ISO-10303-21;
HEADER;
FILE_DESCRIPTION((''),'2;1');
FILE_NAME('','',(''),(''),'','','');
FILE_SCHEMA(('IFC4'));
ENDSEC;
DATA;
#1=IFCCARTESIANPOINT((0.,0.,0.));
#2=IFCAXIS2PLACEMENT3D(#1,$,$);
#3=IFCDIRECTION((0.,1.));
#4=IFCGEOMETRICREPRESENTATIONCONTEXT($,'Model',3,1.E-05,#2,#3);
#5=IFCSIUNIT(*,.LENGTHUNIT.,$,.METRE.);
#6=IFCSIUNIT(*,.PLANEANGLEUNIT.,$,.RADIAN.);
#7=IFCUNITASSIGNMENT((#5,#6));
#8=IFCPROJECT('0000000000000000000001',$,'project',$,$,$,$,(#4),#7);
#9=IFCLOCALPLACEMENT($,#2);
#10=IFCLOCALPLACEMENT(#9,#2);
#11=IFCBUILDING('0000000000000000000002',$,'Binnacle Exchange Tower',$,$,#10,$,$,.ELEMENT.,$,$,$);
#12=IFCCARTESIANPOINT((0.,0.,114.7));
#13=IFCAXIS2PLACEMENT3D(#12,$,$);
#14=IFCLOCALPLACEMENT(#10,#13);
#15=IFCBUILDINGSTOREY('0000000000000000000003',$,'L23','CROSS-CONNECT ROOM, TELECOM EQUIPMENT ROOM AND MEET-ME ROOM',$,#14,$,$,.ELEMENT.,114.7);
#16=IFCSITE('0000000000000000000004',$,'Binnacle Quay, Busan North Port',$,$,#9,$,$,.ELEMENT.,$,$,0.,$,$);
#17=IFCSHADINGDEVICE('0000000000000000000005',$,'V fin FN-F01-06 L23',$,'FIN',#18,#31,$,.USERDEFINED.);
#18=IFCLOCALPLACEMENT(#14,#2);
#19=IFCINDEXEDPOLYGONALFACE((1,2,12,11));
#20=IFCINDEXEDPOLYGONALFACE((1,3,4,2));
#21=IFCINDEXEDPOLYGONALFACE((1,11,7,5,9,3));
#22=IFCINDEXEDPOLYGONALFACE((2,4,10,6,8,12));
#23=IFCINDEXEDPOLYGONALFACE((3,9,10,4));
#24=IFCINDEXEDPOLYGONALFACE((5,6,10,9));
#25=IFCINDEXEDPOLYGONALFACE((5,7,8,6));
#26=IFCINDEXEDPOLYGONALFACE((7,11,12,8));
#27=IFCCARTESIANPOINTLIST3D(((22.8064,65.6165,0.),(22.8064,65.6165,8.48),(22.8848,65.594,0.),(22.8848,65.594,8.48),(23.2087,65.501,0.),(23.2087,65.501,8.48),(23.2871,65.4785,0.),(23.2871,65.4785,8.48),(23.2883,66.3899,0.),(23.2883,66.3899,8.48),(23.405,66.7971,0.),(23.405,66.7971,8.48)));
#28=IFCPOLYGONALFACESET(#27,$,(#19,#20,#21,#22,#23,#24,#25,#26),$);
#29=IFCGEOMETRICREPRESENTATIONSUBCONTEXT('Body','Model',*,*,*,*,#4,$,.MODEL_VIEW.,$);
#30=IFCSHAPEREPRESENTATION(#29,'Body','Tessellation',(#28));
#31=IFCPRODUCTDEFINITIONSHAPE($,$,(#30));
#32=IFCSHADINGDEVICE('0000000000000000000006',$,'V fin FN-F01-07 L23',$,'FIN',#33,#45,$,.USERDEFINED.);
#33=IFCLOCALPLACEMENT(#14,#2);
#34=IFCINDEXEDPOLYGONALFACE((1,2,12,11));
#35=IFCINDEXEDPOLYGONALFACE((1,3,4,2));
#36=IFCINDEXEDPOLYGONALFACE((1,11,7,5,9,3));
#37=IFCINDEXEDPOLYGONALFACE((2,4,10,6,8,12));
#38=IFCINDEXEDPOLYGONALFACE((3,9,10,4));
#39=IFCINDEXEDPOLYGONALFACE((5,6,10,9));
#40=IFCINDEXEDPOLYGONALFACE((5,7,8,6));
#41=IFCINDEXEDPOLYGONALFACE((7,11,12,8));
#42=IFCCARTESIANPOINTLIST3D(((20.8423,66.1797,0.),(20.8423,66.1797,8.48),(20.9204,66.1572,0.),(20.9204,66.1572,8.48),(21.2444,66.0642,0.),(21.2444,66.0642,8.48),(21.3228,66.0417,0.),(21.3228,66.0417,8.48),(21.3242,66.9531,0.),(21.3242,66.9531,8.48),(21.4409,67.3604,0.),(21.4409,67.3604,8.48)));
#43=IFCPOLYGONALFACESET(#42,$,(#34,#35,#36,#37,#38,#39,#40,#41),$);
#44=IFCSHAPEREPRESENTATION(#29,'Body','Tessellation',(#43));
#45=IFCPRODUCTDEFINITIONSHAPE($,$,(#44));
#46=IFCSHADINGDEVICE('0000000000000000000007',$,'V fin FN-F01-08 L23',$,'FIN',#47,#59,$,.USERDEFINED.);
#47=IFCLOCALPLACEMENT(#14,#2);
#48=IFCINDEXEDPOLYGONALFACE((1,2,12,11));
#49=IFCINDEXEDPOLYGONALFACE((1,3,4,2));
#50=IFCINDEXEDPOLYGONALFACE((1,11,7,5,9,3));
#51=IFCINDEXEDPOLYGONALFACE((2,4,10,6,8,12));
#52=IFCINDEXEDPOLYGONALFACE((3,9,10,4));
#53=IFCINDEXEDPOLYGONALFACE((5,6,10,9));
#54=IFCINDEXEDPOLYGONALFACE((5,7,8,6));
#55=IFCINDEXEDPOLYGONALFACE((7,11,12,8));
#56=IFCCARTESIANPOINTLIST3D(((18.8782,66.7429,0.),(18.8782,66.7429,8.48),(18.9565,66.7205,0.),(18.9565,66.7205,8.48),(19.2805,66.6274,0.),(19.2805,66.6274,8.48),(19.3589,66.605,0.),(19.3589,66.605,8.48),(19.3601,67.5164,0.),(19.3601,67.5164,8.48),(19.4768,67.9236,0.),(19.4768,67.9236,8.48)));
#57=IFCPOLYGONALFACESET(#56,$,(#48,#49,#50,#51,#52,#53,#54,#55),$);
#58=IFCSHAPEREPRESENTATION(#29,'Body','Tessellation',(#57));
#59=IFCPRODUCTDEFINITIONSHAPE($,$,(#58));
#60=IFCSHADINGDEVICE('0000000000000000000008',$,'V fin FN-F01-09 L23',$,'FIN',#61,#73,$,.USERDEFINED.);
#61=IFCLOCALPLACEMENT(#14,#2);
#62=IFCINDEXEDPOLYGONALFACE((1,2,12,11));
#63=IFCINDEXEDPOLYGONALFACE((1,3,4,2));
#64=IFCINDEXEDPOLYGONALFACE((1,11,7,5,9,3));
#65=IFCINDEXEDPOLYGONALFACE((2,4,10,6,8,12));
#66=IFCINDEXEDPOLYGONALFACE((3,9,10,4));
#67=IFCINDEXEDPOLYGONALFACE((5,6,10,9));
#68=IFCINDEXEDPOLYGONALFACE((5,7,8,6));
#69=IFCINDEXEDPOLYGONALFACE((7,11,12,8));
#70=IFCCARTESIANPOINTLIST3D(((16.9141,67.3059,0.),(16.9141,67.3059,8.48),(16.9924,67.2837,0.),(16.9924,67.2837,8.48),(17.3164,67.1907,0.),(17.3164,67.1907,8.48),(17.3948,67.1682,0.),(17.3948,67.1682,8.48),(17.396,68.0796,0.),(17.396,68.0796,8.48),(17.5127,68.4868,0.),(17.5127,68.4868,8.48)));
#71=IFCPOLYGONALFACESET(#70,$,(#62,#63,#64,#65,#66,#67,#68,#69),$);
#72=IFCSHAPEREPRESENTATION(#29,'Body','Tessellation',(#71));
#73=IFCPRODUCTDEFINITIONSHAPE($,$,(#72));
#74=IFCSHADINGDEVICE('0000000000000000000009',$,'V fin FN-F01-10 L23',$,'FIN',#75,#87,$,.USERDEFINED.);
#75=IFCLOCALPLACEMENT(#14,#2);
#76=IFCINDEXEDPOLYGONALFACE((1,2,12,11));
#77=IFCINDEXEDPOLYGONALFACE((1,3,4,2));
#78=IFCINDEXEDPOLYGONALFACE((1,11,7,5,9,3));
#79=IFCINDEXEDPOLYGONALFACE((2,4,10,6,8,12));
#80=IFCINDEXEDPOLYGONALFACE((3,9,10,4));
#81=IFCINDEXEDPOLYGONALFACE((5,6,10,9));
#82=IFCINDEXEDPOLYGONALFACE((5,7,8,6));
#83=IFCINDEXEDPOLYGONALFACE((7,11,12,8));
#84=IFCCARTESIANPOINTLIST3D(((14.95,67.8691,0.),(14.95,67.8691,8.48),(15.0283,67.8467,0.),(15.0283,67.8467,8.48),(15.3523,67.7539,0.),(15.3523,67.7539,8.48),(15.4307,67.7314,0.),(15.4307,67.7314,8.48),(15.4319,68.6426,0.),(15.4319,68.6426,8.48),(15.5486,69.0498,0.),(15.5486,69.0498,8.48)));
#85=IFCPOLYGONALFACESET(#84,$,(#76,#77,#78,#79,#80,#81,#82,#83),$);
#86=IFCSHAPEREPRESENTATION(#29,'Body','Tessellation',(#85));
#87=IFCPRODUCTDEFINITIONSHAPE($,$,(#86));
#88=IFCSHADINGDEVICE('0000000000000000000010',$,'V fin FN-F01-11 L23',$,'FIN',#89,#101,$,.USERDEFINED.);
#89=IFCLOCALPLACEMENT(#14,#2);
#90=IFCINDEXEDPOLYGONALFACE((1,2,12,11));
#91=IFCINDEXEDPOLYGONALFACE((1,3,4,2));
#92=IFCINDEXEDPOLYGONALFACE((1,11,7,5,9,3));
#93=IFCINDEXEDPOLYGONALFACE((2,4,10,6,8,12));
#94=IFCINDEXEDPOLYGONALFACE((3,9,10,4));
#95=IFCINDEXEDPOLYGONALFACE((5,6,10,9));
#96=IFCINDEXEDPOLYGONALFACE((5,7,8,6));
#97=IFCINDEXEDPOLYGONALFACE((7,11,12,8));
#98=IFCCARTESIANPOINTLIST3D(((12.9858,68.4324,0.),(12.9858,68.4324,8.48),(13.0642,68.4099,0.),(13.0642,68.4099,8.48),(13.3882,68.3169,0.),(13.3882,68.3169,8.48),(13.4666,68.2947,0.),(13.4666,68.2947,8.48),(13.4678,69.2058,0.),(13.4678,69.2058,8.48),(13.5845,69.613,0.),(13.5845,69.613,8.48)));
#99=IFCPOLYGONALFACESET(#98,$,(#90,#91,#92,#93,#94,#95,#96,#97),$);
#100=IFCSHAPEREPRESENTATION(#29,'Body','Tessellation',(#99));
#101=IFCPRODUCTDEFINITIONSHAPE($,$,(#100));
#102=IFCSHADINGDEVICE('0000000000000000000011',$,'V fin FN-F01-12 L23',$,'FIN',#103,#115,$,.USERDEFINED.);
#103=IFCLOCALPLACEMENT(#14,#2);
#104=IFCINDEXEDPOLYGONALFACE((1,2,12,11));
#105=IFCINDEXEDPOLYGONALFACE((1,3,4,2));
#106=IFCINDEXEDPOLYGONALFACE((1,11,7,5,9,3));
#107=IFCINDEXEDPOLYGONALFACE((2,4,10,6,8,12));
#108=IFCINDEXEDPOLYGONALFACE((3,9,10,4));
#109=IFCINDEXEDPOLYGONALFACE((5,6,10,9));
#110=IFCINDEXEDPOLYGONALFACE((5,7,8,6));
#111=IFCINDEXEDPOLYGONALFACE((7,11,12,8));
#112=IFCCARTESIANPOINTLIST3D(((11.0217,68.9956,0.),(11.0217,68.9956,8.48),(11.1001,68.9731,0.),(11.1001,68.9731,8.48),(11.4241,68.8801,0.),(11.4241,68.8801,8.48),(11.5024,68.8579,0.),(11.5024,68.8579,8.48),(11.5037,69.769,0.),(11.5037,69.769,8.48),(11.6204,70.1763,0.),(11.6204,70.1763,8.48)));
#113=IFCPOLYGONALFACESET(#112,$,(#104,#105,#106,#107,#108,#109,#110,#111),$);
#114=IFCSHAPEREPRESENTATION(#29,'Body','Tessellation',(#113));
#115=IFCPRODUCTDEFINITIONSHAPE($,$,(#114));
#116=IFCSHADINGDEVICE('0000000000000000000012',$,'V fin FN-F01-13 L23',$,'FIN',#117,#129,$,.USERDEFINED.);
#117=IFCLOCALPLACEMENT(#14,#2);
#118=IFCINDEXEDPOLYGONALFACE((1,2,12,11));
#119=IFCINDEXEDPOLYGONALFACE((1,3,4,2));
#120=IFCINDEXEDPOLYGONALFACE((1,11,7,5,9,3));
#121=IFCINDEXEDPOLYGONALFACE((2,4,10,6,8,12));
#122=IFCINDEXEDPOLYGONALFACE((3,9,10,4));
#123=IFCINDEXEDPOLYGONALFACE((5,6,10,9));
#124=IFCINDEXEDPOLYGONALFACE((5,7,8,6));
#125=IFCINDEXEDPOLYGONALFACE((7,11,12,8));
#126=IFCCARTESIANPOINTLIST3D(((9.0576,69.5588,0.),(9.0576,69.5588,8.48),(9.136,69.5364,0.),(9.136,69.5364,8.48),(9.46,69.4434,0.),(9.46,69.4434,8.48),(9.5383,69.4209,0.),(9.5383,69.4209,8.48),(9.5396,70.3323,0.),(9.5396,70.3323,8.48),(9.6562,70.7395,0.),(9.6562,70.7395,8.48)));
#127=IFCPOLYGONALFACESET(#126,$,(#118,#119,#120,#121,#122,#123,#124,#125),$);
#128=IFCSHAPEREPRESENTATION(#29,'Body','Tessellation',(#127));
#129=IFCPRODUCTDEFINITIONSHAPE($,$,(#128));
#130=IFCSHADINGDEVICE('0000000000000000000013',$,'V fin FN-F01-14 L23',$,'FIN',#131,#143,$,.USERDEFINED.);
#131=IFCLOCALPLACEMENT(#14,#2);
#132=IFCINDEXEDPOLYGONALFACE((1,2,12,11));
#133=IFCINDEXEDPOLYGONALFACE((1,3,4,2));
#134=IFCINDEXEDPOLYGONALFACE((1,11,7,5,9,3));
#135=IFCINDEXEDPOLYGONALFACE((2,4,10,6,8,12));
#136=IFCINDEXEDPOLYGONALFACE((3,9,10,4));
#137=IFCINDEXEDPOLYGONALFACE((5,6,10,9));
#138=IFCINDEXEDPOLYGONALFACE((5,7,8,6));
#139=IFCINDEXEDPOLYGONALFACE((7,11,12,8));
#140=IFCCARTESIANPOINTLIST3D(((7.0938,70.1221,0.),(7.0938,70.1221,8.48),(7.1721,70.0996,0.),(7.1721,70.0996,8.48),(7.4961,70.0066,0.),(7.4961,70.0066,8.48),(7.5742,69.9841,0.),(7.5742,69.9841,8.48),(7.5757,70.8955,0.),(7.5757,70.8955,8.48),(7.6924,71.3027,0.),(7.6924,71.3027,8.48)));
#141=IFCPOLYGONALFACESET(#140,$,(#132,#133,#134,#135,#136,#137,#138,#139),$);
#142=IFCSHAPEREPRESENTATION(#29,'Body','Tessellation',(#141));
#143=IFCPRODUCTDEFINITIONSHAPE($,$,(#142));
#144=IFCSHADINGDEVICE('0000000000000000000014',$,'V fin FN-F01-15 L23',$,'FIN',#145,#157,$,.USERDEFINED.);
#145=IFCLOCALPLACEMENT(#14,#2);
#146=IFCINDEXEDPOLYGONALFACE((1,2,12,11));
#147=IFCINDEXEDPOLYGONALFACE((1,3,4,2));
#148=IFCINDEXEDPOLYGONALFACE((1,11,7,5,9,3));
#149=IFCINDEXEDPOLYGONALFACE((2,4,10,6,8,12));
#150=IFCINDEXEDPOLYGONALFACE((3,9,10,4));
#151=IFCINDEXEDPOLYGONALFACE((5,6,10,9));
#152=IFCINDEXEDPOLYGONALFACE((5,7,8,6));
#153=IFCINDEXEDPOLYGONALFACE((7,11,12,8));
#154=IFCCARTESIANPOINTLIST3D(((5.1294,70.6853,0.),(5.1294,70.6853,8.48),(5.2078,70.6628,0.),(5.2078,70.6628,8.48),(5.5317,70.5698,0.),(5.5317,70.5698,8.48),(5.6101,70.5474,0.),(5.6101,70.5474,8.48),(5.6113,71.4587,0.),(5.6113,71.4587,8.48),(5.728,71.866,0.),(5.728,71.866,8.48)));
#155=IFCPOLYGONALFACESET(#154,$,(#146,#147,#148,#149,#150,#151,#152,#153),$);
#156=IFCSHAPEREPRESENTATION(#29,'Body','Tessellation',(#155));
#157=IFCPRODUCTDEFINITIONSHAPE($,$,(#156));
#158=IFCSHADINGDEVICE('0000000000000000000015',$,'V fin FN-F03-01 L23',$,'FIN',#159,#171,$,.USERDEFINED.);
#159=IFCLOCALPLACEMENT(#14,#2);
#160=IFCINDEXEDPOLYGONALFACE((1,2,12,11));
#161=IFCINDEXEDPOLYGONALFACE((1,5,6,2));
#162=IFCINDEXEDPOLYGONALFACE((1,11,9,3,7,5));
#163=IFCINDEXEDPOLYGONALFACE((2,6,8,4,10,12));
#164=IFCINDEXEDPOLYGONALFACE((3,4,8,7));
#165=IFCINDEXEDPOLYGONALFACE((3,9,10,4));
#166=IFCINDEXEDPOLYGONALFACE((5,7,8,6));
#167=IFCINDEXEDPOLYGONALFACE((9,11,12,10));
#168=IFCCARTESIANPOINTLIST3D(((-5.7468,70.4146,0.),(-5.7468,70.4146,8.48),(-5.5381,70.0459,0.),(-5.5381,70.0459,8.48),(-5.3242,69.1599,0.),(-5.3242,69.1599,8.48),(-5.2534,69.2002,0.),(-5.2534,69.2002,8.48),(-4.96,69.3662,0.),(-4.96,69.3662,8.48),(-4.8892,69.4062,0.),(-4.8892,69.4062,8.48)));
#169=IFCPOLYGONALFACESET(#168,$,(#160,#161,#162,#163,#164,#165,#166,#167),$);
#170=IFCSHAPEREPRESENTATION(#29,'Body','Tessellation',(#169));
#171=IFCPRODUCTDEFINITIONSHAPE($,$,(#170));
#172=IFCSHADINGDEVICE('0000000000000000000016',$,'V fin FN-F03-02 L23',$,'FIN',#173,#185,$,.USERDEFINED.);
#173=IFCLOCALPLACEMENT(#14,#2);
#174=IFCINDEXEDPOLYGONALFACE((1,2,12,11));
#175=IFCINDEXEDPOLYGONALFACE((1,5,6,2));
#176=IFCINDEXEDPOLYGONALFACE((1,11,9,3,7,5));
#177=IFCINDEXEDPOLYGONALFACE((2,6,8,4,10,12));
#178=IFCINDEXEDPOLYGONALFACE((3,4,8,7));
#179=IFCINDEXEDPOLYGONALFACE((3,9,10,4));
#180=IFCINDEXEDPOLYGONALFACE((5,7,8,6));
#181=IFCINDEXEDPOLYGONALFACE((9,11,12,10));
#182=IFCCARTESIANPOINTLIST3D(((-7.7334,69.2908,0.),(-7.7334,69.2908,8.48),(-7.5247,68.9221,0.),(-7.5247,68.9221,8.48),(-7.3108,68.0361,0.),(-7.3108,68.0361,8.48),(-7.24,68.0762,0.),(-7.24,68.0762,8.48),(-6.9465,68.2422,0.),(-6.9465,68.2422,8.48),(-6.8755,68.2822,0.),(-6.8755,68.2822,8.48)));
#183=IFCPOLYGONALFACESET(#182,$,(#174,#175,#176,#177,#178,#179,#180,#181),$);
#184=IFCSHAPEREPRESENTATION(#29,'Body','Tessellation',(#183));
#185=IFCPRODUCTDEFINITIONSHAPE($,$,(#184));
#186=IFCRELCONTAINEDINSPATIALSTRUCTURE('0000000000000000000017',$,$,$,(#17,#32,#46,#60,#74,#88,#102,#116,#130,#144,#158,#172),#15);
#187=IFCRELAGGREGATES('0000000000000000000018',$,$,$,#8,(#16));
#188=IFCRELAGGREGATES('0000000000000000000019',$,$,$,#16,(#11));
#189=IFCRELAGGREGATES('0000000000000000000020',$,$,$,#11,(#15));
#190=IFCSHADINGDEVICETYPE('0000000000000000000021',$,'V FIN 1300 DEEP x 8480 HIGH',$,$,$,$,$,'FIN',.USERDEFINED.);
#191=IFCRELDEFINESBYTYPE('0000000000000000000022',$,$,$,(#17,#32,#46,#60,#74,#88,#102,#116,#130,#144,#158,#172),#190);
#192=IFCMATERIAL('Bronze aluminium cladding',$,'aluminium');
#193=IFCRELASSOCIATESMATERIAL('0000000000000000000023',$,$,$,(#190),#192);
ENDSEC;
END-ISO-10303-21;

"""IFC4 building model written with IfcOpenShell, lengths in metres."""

from ifc_helpers import new_model, si_unit, direction, frame, origin, place, context, subcontext, project, spatial, polyline, outline, extrude, material, type_object, element, save


model = new_model("IFC4")

# Units and contexts
model_context = context("Model", 3, precision=1e-05, world=origin(), true_north=direction((0.0, 1.0)))
body_context = subcontext(model_context, "Body", "Model", "MODEL_VIEW")
ifc_project = project(units=[si_unit("LENGTHUNIT", "METRE"), si_unit("PLANEANGLEUNIT", "RADIAN")], contexts=[model_context])

# Site, building, storey
site_placement = place(None, origin())
site = spatial("IfcSite", under=ifc_project, at=site_placement, Name="Binnacle Quay, Busan North Port", CompositionType="ELEMENT", RefElevation=0.0)
building_placement = place(site_placement, origin())
building = spatial("IfcBuilding", under=site, at=building_placement, Name="Binnacle Exchange Tower", CompositionType="ELEMENT")
storey_placement = place(building_placement, frame((0.0, 0.0, 114.7)))
storey = spatial("IfcBuildingStorey", under=building, at=storey_placement, Name="L23", Description="CROSS-CONNECT ROOM, TELECOM EQUIPMENT ROOM AND MEET-ME ROOM", CompositionType="ELEMENT", Elevation=114.7)

# Shading devices
ifc_material_1 = material(Name="Bronze aluminium cladding", Category="aluminium")
shading_device_type = type_object("IfcShadingDeviceType", Name="V FIN 1300 DEEP x 8480 HIGH", ElementType="FIN", PredefinedType="USERDEFINED", material=ifc_material_1)
shading_device_1_placement = place(storey_placement, origin())
element("IfcShadingDevice", 1, at=shading_device_1_placement, inside=storey, type_object=shading_device_type, Name="V fin FN-F01-06 L23", ObjectType="FIN", PredefinedType="USERDEFINED", context=body_context, shape_type="SweptSolid", body=[
    extrude(outline(polyline([(23.2871, 65.4785), (23.405, 66.7971), (22.8064, 65.6165), (22.8848, 65.594), (23.2883, 66.3899), (23.2087, 65.501), (23.2871, 65.4785)])), origin(), (0.0, 0.0, 1.0), 8.48),
])
shading_device_2_placement = place(storey_placement, origin())
element("IfcShadingDevice", 2, at=shading_device_2_placement, inside=storey, type_object=shading_device_type, Name="V fin FN-F01-07 L23", ObjectType="FIN", PredefinedType="USERDEFINED", context=body_context, shape_type="SweptSolid", body=[
    extrude(outline(polyline([(21.3228, 66.0417), (21.4409, 67.3604), (20.8423, 66.1797), (20.9204, 66.1572), (21.3242, 66.9531), (21.2444, 66.0642), (21.3228, 66.0417)])), origin(), (0.0, 0.0, 1.0), 8.48),
])
shading_device_3_placement = place(storey_placement, origin())
element("IfcShadingDevice", 3, at=shading_device_3_placement, inside=storey, type_object=shading_device_type, Name="V fin FN-F01-08 L23", ObjectType="FIN", PredefinedType="USERDEFINED", context=body_context, shape_type="SweptSolid", body=[
    extrude(outline(polyline([(19.3589, 66.605), (19.4768, 67.9236), (18.8782, 66.7429), (18.9565, 66.7205), (19.3601, 67.5164), (19.2805, 66.6274), (19.3589, 66.605)])), origin(), (0.0, 0.0, 1.0), 8.48),
])
shading_device_4_placement = place(storey_placement, origin())
element("IfcShadingDevice", 4, at=shading_device_4_placement, inside=storey, type_object=shading_device_type, Name="V fin FN-F01-09 L23", ObjectType="FIN", PredefinedType="USERDEFINED", context=body_context, shape_type="SweptSolid", body=[
    extrude(outline(polyline([(17.3948, 67.1682), (17.5127, 68.4868), (16.9141, 67.3059), (16.9924, 67.2837), (17.396, 68.0796), (17.3164, 67.1907), (17.3948, 67.1682)])), origin(), (0.0, 0.0, 1.0), 8.48),
])
shading_device_5_placement = place(storey_placement, origin())
element("IfcShadingDevice", 5, at=shading_device_5_placement, inside=storey, type_object=shading_device_type, Name="V fin FN-F01-10 L23", ObjectType="FIN", PredefinedType="USERDEFINED", context=body_context, shape_type="SweptSolid", body=[
    extrude(outline(polyline([(15.4307, 67.7314), (15.5486, 69.0498), (14.95, 67.8691), (15.0283, 67.8467), (15.4319, 68.6426), (15.3523, 67.7539), (15.4307, 67.7314)])), origin(), (0.0, 0.0, 1.0), 8.48),
])
shading_device_6_placement = place(storey_placement, origin())
element("IfcShadingDevice", 6, at=shading_device_6_placement, inside=storey, type_object=shading_device_type, Name="V fin FN-F01-11 L23", ObjectType="FIN", PredefinedType="USERDEFINED", context=body_context, shape_type="SweptSolid", body=[
    extrude(outline(polyline([(13.4666, 68.2947), (13.5845, 69.613), (12.9858, 68.4324), (13.0642, 68.4099), (13.4678, 69.2058), (13.3882, 68.3169), (13.4666, 68.2947)])), origin(), (0.0, 0.0, 1.0), 8.48),
])
shading_device_7_placement = place(storey_placement, origin())
element("IfcShadingDevice", 7, at=shading_device_7_placement, inside=storey, type_object=shading_device_type, Name="V fin FN-F01-12 L23", ObjectType="FIN", PredefinedType="USERDEFINED", context=body_context, shape_type="SweptSolid", body=[
    extrude(outline(polyline([(11.5024, 68.8579), (11.6204, 70.1763), (11.0217, 68.9956), (11.1001, 68.9731), (11.5037, 69.769), (11.4241, 68.8801), (11.5024, 68.8579)])), origin(), (0.0, 0.0, 1.0), 8.48),
])
shading_device_8_placement = place(storey_placement, origin())
element("IfcShadingDevice", 8, at=shading_device_8_placement, inside=storey, type_object=shading_device_type, Name="V fin FN-F01-13 L23", ObjectType="FIN", PredefinedType="USERDEFINED", context=body_context, shape_type="SweptSolid", body=[
    extrude(outline(polyline([(9.5383, 69.4209), (9.6562, 70.7395), (9.0576, 69.5588), (9.136, 69.5364), (9.5396, 70.3323), (9.46, 69.4434), (9.5383, 69.4209)])), origin(), (0.0, 0.0, 1.0), 8.48),
])
shading_device_9_placement = place(storey_placement, origin())
element("IfcShadingDevice", 9, at=shading_device_9_placement, inside=storey, type_object=shading_device_type, Name="V fin FN-F01-14 L23", ObjectType="FIN", PredefinedType="USERDEFINED", context=body_context, shape_type="SweptSolid", body=[
    extrude(outline(polyline([(7.5742, 69.9841), (7.6924, 71.3027), (7.0938, 70.1221), (7.1721, 70.0996), (7.5757, 70.8955), (7.4961, 70.0066), (7.5742, 69.9841)])), origin(), (0.0, 0.0, 1.0), 8.48),
])
shading_device_10_placement = place(storey_placement, origin())
element("IfcShadingDevice", 10, at=shading_device_10_placement, inside=storey, type_object=shading_device_type, Name="V fin FN-F01-15 L23", ObjectType="FIN", PredefinedType="USERDEFINED", context=body_context, shape_type="SweptSolid", body=[
    extrude(outline(polyline([(5.6101, 70.5474), (5.728, 71.866), (5.1294, 70.6853), (5.2078, 70.6628), (5.6113, 71.4587), (5.5317, 70.5698), (5.6101, 70.5474)])), origin(), (0.0, 0.0, 1.0), 8.48),
])
shading_device_11_placement = place(storey_placement, origin())
element("IfcShadingDevice", 11, at=shading_device_11_placement, inside=storey, type_object=shading_device_type, Name="V fin FN-F03-01 L23", ObjectType="FIN", PredefinedType="USERDEFINED", context=body_context, shape_type="SweptSolid", body=[
    extrude(outline(polyline([(-4.8892, 69.4062), (-5.7468, 70.4146), (-5.3242, 69.1599), (-5.2534, 69.2002), (-5.5381, 70.0459), (-4.96, 69.3662), (-4.8892, 69.4062)])), origin(), (0.0, 0.0, 1.0), 8.48),
])
shading_device_12_placement = place(storey_placement, origin())
element("IfcShadingDevice", 12, at=shading_device_12_placement, inside=storey, type_object=shading_device_type, Name="V fin FN-F03-02 L23", ObjectType="FIN", PredefinedType="USERDEFINED", context=body_context, shape_type="SweptSolid", body=[
    extrude(outline(polyline([(-6.8755, 68.2822), (-7.7334, 69.2908), (-7.3108, 68.0361), (-7.24, 68.0762), (-7.5247, 68.9221), (-6.9465, 68.2422), (-6.8755, 68.2822)])), origin(), (0.0, 0.0, 1.0), 8.48),
])

save(model, "model.ifc")
